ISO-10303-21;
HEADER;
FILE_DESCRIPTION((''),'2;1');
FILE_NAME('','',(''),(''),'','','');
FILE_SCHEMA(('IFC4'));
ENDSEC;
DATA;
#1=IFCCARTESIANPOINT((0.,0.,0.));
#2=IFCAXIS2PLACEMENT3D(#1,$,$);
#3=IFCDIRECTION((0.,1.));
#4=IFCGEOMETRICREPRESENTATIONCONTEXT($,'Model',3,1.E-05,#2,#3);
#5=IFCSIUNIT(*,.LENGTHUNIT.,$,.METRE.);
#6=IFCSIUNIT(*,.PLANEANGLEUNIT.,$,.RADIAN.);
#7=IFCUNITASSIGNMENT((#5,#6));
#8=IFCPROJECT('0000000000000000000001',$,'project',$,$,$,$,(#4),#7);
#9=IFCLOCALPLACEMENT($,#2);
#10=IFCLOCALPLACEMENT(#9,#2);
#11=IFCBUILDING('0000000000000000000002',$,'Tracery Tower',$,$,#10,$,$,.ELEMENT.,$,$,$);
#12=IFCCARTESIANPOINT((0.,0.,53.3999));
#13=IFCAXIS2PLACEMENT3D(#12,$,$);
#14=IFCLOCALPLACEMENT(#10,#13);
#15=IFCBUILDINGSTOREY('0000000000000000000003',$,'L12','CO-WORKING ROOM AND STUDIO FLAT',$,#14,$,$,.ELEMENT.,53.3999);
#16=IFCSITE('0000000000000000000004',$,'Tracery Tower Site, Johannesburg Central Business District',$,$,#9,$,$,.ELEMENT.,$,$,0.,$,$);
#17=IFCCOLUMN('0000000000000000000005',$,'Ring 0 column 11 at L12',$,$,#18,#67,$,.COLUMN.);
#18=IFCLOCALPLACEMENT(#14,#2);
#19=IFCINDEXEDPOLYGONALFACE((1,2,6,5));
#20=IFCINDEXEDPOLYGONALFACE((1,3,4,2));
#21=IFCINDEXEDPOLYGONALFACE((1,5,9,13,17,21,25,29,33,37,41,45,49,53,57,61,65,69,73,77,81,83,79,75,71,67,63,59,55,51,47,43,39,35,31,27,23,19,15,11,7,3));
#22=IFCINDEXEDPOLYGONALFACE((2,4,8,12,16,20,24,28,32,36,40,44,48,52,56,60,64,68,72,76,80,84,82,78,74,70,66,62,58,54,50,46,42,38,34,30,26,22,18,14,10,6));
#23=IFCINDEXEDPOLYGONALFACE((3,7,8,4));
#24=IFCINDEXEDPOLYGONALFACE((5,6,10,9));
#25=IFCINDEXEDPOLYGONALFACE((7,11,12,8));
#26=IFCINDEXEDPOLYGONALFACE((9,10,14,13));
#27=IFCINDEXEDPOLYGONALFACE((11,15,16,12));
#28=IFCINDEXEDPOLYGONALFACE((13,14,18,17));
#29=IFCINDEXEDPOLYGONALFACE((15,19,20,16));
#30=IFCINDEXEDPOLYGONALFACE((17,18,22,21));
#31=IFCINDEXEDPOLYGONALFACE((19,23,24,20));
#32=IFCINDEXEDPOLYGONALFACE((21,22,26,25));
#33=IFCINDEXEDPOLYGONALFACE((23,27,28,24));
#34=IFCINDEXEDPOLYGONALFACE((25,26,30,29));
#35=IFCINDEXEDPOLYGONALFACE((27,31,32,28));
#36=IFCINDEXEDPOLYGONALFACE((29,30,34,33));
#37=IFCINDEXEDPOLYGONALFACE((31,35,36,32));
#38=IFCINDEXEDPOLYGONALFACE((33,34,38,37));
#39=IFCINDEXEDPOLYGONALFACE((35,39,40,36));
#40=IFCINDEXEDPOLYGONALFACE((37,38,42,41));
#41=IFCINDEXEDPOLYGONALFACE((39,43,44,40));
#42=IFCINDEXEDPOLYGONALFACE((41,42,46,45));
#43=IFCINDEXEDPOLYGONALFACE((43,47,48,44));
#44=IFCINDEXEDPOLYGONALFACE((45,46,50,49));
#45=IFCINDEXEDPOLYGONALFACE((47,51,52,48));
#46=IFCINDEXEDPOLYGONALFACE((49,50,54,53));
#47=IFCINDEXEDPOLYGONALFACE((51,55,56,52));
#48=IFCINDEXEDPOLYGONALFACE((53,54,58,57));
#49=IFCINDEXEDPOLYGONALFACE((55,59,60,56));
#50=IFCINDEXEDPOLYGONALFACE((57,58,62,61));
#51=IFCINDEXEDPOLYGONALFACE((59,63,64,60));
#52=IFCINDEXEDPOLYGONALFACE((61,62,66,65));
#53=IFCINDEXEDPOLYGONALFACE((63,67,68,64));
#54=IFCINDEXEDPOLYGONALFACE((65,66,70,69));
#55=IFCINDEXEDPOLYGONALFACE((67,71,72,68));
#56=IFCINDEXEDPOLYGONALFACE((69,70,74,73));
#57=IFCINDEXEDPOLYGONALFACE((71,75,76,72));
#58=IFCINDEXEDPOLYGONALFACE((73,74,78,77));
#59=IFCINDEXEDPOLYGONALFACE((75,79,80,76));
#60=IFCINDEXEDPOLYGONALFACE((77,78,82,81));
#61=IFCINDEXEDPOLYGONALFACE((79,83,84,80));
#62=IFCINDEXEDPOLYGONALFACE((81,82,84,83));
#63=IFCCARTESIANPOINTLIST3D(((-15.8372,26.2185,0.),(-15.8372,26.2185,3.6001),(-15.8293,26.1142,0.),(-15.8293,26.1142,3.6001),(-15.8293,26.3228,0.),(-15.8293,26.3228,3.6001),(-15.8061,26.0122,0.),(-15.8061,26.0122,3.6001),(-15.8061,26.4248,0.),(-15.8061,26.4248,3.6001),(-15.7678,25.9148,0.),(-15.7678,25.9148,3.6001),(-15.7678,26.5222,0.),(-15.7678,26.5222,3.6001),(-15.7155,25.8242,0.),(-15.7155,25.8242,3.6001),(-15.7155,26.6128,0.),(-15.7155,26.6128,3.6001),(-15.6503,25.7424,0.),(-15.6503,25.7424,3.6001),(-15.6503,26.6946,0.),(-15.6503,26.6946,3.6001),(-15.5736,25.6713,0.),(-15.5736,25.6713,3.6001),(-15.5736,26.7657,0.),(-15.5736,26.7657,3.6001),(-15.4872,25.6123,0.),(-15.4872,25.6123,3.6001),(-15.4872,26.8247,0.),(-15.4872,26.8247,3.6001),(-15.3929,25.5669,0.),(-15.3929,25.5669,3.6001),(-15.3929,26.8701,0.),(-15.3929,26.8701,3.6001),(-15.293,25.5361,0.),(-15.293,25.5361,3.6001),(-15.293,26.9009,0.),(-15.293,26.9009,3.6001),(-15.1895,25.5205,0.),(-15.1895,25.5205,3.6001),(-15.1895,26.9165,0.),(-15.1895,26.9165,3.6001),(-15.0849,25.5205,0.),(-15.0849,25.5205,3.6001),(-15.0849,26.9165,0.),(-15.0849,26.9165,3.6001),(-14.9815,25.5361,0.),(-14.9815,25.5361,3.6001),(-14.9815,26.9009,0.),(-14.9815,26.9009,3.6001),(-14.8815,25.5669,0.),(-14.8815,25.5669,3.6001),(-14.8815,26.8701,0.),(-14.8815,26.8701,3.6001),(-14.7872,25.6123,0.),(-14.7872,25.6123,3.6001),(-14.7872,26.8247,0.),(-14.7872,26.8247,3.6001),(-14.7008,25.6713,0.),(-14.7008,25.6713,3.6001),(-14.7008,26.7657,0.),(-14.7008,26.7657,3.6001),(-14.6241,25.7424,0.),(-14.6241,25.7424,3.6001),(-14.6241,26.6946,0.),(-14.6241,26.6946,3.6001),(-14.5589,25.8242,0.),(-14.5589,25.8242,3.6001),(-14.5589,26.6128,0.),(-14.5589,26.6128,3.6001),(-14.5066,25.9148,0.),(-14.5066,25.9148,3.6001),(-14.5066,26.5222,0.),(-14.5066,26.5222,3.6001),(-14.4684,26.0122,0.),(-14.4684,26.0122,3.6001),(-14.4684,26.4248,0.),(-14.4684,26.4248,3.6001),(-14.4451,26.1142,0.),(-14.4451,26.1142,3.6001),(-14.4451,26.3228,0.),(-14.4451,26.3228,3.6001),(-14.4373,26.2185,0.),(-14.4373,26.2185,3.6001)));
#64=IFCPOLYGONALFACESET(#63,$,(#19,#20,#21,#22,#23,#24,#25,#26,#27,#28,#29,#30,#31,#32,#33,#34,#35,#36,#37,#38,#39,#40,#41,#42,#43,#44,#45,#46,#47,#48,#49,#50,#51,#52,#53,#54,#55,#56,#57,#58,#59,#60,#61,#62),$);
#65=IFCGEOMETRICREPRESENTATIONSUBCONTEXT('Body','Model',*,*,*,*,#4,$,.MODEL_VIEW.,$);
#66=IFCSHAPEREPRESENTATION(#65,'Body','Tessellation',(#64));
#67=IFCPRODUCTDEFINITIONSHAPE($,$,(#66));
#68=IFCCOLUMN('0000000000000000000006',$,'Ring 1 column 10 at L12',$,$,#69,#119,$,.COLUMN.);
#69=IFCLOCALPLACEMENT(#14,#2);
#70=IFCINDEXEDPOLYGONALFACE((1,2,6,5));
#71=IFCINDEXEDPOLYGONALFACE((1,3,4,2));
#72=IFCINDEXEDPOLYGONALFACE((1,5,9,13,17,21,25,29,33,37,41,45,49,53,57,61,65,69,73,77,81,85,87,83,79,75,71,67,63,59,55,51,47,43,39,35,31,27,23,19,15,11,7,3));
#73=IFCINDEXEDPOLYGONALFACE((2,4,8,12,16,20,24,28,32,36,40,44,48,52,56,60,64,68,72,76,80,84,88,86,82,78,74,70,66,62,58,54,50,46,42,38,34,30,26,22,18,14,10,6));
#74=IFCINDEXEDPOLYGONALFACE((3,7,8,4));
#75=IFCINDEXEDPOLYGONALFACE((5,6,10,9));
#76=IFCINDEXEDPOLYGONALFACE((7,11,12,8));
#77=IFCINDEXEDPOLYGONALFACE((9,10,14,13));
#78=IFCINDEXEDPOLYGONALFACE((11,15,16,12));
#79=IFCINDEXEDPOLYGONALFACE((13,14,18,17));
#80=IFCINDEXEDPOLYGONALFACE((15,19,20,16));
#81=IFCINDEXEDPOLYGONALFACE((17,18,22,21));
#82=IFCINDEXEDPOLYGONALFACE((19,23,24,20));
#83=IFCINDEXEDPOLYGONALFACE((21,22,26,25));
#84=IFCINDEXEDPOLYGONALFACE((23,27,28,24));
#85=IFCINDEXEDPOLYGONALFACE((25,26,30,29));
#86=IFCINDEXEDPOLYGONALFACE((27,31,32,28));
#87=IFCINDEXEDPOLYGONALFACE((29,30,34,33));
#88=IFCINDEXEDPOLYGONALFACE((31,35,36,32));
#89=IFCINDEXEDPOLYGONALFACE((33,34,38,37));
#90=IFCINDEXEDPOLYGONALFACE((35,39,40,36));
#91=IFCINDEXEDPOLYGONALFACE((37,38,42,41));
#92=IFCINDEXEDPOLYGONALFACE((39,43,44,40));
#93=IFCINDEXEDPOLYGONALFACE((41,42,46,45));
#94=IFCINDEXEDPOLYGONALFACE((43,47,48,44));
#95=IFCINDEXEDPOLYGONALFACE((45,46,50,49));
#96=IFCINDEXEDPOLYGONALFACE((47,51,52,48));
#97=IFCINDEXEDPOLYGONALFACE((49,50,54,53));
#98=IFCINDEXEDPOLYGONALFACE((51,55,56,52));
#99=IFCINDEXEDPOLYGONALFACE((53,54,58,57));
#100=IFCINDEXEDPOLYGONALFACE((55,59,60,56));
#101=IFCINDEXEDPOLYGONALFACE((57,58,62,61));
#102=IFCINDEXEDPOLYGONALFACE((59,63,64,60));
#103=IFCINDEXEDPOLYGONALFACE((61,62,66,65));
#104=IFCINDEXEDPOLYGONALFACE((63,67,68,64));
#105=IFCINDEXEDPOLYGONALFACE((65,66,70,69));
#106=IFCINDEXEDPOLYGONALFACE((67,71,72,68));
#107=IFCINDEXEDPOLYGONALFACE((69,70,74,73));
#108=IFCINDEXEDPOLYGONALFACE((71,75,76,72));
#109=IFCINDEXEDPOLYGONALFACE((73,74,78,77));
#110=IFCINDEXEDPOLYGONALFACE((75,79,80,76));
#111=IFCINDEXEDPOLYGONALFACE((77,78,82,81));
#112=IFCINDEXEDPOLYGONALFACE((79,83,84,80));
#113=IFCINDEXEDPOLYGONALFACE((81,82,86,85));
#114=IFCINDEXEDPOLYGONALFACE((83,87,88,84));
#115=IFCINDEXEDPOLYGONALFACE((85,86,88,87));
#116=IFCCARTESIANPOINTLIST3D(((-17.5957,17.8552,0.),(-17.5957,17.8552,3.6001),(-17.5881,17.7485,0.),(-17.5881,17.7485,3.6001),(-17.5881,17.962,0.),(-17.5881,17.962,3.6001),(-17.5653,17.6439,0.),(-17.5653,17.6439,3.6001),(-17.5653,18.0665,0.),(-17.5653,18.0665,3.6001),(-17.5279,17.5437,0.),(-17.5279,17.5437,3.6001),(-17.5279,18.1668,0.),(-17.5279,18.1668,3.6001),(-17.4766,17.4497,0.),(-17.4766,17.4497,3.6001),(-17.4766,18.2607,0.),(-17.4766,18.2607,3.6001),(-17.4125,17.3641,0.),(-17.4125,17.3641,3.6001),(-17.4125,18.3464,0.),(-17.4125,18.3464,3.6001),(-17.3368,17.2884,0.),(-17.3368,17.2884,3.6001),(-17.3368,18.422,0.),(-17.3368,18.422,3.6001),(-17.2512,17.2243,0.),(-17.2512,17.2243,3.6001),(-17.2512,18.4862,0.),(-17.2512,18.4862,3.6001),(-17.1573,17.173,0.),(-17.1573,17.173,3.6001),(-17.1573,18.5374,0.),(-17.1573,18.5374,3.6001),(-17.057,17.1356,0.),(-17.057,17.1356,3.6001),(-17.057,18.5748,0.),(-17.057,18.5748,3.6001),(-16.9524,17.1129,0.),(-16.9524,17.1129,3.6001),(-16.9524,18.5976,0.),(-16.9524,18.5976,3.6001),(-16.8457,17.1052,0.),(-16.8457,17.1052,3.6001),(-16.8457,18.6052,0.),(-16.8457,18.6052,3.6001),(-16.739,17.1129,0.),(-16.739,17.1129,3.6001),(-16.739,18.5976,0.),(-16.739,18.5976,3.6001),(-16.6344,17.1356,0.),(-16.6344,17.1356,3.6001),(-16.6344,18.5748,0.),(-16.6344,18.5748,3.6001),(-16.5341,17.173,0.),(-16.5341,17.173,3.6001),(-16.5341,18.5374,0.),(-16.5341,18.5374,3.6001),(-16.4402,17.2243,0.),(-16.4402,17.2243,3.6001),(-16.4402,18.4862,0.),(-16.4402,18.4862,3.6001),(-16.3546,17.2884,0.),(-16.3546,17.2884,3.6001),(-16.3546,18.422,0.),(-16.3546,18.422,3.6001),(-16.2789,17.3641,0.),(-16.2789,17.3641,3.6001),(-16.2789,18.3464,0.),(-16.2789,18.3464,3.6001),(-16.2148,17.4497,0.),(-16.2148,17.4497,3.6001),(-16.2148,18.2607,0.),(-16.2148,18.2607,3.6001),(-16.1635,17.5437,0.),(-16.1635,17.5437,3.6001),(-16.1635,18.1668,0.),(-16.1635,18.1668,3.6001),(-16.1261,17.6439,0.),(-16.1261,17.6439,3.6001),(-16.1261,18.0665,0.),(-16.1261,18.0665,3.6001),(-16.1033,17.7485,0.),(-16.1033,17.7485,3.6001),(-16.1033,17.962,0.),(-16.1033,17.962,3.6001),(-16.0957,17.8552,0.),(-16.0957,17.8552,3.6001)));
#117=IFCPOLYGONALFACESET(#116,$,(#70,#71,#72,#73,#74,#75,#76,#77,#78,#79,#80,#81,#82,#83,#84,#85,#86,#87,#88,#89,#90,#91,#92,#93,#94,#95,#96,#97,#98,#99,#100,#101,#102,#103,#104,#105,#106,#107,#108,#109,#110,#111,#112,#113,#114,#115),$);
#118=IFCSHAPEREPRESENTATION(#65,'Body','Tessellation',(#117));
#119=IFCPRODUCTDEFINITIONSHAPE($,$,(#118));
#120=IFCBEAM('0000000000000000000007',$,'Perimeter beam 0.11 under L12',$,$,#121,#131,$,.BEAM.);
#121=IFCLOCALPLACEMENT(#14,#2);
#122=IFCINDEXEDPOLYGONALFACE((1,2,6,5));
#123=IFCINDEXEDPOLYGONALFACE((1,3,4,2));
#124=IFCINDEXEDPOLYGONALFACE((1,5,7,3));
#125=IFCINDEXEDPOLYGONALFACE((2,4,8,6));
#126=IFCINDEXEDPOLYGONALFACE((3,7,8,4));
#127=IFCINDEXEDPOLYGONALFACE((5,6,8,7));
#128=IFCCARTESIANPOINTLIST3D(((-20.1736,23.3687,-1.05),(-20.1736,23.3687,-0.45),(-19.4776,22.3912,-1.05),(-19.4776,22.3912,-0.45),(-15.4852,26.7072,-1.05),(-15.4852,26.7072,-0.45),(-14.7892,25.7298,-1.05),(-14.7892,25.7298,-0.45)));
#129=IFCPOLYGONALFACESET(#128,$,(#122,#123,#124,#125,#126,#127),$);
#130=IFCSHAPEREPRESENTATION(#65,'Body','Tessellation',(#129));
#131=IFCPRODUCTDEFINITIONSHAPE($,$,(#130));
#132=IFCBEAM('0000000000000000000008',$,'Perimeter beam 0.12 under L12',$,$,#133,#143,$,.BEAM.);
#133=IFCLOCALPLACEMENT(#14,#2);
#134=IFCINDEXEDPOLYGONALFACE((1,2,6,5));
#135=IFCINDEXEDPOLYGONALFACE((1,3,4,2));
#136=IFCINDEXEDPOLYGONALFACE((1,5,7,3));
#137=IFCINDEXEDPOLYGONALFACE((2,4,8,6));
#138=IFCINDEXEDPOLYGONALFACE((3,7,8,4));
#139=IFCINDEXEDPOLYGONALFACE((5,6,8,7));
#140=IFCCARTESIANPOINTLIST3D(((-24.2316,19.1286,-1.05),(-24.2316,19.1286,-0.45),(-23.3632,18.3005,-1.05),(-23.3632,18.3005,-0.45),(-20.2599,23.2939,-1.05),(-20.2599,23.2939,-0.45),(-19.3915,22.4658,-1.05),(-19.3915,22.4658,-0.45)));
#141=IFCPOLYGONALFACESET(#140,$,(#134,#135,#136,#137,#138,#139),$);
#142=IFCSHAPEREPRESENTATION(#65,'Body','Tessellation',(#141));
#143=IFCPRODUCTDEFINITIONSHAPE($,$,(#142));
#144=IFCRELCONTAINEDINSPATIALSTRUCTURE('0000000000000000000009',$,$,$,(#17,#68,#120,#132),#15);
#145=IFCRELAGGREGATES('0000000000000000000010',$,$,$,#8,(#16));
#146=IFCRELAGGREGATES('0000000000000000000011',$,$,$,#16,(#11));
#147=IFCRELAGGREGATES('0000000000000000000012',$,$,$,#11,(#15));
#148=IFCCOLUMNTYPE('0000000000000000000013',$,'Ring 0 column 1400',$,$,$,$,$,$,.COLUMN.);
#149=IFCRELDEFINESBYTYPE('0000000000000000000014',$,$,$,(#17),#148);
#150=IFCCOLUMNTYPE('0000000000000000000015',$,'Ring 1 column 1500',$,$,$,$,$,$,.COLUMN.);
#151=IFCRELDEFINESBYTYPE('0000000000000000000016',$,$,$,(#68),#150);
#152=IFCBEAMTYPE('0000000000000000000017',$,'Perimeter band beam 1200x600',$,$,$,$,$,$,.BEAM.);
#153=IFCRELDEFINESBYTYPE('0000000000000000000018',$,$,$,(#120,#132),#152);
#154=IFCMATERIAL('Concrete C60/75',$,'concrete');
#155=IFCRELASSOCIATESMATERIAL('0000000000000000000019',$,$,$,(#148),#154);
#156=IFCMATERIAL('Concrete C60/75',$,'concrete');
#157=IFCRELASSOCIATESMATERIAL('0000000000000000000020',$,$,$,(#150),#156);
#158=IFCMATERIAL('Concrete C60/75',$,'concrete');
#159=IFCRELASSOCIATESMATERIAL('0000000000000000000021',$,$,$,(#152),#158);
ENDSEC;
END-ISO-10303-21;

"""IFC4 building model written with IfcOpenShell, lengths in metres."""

from ifc_helpers import new_model, si_unit, direction, frame, origin, origin_2d, place, context, subcontext, project, spatial, rectangle, circle, extrude, material, material_profile, profile_set, type_object, element, save


model = new_model("IFC4")

# Units and contexts
model_context = context("Model", 3, precision=1e-05, world=origin(), true_north=direction((0.0, 1.0)))
body_context = subcontext(model_context, "Body", "Model", "MODEL_VIEW")
ifc_project = project(units=[si_unit("LENGTHUNIT", "METRE"), si_unit("PLANEANGLEUNIT", "RADIAN")], contexts=[model_context])

# Site, building, storey
site_placement = place(None, origin())
site = spatial("IfcSite", under=ifc_project, at=site_placement, Name="Tracery Tower Site, Johannesburg Central Business District", CompositionType="ELEMENT", RefElevation=0.0)
building_placement = place(site_placement, origin())
building = spatial("IfcBuilding", under=site, at=building_placement, Name="Tracery Tower", CompositionType="ELEMENT")
storey_placement = place(building_placement, frame((0.0, 0.0, 53.3999)))
storey = spatial("IfcBuildingStorey", under=building, at=storey_placement, Name="L12", Description="CO-WORKING ROOM AND STUDIO FLAT", CompositionType="ELEMENT", Elevation=53.3999)

# Columns
ifc_material_1 = material(Name="Concrete C60/75", Category="concrete")
ifc_material_profile_1 = material_profile(ifc_material_1, circle(Radius=0.7, at=origin_2d()), Name="RC D1400")
ifc_profile_set_1 = profile_set([ifc_material_profile_1], Name="Concrete C60/75")
column_type_1 = type_object("IfcColumnType", Name="Ring 0 column 1400", PredefinedType="COLUMN", material=ifc_profile_set_1)
column_1_placement = place(storey_placement, frame((-15.1372, 26.2185, 0.0), z_axis=(0.0, 0.0, 1.0), x_axis=(1.0, 0.0, 0.0)))
element("IfcColumn", 1, at=column_1_placement, inside=storey, type_object=column_type_1, Name="Ring 0 column 11 at L12", PredefinedType="COLUMN", context=body_context, shape_type="SweptSolid", body=[
    extrude(circle(Radius=0.7, at=origin_2d()), origin(), (0.0, 0.0, 1.0), 3.6001),
])
ifc_material_2 = material(Name="Concrete C60/75", Category="concrete")
ifc_material_profile_2 = material_profile(ifc_material_2, circle(Radius=0.75, at=origin_2d()), Name="RC D1500")
ifc_profile_set_2 = profile_set([ifc_material_profile_2], Name="Concrete C60/75")
column_type_2 = type_object("IfcColumnType", Name="Ring 1 column 1500", PredefinedType="COLUMN", material=ifc_profile_set_2)
column_2_placement = place(storey_placement, frame((-16.8457, 17.8552, 0.0), z_axis=(0.0, 0.0, 1.0), x_axis=(1.0, 0.0, 0.0)))
element("IfcColumn", 2, at=column_2_placement, inside=storey, type_object=column_type_2, Name="Ring 1 column 10 at L12", PredefinedType="COLUMN", context=body_context, shape_type="SweptSolid", body=[
    extrude(circle(Radius=0.75, at=origin_2d()), origin(), (0.0, 0.0, 1.0), 3.6001),
])

# Beams
ifc_material_3 = material(Name="Concrete C60/75", Category="concrete")
ifc_material_profile_3 = material_profile(ifc_material_3, rectangle(XDim=1.2, YDim=0.6001, at=origin_2d()), Name="RC 1200x600")
ifc_profile_set_3 = profile_set([ifc_material_profile_3], Name="Concrete C60/75")
beam_type = type_object("IfcBeamType", Name="Perimeter band beam 1200x600", PredefinedType="BEAM", material=ifc_profile_set_3)
beam_1_placement = place(storey_placement, frame((-15.1372, 26.2185, -0.75), z_axis=(-0.814578, -0.580054, 0.0), x_axis=(0.580054, -0.814578, 0.0)))
element("IfcBeam", 3, at=beam_1_placement, inside=storey, type_object=beam_type, Name="Perimeter beam 0.11 under L12", PredefinedType="BEAM", context=body_context, shape_type="SweptSolid", body=[
    extrude(rectangle(XDim=1.2, YDim=0.6001, at=origin_2d()), origin(), (0.0, 0.0, 1.0), 5.7556),
])
beam_2_placement = place(storey_placement, frame((-19.8257, 22.8799, -0.75), z_axis=(-0.690087, -0.723726, 0.0), x_axis=(0.723726, -0.690087, 0.0)))
element("IfcBeam", 4, at=beam_2_placement, inside=storey, type_object=beam_type, Name="Perimeter beam 0.12 under L12", PredefinedType="BEAM", context=body_context, shape_type="SweptSolid", body=[
    extrude(rectangle(XDim=1.2, YDim=0.6001, at=origin_2d()), origin(), (0.0, 0.0, 1.0), 5.7554),
])

save(model, "model.ifc")
